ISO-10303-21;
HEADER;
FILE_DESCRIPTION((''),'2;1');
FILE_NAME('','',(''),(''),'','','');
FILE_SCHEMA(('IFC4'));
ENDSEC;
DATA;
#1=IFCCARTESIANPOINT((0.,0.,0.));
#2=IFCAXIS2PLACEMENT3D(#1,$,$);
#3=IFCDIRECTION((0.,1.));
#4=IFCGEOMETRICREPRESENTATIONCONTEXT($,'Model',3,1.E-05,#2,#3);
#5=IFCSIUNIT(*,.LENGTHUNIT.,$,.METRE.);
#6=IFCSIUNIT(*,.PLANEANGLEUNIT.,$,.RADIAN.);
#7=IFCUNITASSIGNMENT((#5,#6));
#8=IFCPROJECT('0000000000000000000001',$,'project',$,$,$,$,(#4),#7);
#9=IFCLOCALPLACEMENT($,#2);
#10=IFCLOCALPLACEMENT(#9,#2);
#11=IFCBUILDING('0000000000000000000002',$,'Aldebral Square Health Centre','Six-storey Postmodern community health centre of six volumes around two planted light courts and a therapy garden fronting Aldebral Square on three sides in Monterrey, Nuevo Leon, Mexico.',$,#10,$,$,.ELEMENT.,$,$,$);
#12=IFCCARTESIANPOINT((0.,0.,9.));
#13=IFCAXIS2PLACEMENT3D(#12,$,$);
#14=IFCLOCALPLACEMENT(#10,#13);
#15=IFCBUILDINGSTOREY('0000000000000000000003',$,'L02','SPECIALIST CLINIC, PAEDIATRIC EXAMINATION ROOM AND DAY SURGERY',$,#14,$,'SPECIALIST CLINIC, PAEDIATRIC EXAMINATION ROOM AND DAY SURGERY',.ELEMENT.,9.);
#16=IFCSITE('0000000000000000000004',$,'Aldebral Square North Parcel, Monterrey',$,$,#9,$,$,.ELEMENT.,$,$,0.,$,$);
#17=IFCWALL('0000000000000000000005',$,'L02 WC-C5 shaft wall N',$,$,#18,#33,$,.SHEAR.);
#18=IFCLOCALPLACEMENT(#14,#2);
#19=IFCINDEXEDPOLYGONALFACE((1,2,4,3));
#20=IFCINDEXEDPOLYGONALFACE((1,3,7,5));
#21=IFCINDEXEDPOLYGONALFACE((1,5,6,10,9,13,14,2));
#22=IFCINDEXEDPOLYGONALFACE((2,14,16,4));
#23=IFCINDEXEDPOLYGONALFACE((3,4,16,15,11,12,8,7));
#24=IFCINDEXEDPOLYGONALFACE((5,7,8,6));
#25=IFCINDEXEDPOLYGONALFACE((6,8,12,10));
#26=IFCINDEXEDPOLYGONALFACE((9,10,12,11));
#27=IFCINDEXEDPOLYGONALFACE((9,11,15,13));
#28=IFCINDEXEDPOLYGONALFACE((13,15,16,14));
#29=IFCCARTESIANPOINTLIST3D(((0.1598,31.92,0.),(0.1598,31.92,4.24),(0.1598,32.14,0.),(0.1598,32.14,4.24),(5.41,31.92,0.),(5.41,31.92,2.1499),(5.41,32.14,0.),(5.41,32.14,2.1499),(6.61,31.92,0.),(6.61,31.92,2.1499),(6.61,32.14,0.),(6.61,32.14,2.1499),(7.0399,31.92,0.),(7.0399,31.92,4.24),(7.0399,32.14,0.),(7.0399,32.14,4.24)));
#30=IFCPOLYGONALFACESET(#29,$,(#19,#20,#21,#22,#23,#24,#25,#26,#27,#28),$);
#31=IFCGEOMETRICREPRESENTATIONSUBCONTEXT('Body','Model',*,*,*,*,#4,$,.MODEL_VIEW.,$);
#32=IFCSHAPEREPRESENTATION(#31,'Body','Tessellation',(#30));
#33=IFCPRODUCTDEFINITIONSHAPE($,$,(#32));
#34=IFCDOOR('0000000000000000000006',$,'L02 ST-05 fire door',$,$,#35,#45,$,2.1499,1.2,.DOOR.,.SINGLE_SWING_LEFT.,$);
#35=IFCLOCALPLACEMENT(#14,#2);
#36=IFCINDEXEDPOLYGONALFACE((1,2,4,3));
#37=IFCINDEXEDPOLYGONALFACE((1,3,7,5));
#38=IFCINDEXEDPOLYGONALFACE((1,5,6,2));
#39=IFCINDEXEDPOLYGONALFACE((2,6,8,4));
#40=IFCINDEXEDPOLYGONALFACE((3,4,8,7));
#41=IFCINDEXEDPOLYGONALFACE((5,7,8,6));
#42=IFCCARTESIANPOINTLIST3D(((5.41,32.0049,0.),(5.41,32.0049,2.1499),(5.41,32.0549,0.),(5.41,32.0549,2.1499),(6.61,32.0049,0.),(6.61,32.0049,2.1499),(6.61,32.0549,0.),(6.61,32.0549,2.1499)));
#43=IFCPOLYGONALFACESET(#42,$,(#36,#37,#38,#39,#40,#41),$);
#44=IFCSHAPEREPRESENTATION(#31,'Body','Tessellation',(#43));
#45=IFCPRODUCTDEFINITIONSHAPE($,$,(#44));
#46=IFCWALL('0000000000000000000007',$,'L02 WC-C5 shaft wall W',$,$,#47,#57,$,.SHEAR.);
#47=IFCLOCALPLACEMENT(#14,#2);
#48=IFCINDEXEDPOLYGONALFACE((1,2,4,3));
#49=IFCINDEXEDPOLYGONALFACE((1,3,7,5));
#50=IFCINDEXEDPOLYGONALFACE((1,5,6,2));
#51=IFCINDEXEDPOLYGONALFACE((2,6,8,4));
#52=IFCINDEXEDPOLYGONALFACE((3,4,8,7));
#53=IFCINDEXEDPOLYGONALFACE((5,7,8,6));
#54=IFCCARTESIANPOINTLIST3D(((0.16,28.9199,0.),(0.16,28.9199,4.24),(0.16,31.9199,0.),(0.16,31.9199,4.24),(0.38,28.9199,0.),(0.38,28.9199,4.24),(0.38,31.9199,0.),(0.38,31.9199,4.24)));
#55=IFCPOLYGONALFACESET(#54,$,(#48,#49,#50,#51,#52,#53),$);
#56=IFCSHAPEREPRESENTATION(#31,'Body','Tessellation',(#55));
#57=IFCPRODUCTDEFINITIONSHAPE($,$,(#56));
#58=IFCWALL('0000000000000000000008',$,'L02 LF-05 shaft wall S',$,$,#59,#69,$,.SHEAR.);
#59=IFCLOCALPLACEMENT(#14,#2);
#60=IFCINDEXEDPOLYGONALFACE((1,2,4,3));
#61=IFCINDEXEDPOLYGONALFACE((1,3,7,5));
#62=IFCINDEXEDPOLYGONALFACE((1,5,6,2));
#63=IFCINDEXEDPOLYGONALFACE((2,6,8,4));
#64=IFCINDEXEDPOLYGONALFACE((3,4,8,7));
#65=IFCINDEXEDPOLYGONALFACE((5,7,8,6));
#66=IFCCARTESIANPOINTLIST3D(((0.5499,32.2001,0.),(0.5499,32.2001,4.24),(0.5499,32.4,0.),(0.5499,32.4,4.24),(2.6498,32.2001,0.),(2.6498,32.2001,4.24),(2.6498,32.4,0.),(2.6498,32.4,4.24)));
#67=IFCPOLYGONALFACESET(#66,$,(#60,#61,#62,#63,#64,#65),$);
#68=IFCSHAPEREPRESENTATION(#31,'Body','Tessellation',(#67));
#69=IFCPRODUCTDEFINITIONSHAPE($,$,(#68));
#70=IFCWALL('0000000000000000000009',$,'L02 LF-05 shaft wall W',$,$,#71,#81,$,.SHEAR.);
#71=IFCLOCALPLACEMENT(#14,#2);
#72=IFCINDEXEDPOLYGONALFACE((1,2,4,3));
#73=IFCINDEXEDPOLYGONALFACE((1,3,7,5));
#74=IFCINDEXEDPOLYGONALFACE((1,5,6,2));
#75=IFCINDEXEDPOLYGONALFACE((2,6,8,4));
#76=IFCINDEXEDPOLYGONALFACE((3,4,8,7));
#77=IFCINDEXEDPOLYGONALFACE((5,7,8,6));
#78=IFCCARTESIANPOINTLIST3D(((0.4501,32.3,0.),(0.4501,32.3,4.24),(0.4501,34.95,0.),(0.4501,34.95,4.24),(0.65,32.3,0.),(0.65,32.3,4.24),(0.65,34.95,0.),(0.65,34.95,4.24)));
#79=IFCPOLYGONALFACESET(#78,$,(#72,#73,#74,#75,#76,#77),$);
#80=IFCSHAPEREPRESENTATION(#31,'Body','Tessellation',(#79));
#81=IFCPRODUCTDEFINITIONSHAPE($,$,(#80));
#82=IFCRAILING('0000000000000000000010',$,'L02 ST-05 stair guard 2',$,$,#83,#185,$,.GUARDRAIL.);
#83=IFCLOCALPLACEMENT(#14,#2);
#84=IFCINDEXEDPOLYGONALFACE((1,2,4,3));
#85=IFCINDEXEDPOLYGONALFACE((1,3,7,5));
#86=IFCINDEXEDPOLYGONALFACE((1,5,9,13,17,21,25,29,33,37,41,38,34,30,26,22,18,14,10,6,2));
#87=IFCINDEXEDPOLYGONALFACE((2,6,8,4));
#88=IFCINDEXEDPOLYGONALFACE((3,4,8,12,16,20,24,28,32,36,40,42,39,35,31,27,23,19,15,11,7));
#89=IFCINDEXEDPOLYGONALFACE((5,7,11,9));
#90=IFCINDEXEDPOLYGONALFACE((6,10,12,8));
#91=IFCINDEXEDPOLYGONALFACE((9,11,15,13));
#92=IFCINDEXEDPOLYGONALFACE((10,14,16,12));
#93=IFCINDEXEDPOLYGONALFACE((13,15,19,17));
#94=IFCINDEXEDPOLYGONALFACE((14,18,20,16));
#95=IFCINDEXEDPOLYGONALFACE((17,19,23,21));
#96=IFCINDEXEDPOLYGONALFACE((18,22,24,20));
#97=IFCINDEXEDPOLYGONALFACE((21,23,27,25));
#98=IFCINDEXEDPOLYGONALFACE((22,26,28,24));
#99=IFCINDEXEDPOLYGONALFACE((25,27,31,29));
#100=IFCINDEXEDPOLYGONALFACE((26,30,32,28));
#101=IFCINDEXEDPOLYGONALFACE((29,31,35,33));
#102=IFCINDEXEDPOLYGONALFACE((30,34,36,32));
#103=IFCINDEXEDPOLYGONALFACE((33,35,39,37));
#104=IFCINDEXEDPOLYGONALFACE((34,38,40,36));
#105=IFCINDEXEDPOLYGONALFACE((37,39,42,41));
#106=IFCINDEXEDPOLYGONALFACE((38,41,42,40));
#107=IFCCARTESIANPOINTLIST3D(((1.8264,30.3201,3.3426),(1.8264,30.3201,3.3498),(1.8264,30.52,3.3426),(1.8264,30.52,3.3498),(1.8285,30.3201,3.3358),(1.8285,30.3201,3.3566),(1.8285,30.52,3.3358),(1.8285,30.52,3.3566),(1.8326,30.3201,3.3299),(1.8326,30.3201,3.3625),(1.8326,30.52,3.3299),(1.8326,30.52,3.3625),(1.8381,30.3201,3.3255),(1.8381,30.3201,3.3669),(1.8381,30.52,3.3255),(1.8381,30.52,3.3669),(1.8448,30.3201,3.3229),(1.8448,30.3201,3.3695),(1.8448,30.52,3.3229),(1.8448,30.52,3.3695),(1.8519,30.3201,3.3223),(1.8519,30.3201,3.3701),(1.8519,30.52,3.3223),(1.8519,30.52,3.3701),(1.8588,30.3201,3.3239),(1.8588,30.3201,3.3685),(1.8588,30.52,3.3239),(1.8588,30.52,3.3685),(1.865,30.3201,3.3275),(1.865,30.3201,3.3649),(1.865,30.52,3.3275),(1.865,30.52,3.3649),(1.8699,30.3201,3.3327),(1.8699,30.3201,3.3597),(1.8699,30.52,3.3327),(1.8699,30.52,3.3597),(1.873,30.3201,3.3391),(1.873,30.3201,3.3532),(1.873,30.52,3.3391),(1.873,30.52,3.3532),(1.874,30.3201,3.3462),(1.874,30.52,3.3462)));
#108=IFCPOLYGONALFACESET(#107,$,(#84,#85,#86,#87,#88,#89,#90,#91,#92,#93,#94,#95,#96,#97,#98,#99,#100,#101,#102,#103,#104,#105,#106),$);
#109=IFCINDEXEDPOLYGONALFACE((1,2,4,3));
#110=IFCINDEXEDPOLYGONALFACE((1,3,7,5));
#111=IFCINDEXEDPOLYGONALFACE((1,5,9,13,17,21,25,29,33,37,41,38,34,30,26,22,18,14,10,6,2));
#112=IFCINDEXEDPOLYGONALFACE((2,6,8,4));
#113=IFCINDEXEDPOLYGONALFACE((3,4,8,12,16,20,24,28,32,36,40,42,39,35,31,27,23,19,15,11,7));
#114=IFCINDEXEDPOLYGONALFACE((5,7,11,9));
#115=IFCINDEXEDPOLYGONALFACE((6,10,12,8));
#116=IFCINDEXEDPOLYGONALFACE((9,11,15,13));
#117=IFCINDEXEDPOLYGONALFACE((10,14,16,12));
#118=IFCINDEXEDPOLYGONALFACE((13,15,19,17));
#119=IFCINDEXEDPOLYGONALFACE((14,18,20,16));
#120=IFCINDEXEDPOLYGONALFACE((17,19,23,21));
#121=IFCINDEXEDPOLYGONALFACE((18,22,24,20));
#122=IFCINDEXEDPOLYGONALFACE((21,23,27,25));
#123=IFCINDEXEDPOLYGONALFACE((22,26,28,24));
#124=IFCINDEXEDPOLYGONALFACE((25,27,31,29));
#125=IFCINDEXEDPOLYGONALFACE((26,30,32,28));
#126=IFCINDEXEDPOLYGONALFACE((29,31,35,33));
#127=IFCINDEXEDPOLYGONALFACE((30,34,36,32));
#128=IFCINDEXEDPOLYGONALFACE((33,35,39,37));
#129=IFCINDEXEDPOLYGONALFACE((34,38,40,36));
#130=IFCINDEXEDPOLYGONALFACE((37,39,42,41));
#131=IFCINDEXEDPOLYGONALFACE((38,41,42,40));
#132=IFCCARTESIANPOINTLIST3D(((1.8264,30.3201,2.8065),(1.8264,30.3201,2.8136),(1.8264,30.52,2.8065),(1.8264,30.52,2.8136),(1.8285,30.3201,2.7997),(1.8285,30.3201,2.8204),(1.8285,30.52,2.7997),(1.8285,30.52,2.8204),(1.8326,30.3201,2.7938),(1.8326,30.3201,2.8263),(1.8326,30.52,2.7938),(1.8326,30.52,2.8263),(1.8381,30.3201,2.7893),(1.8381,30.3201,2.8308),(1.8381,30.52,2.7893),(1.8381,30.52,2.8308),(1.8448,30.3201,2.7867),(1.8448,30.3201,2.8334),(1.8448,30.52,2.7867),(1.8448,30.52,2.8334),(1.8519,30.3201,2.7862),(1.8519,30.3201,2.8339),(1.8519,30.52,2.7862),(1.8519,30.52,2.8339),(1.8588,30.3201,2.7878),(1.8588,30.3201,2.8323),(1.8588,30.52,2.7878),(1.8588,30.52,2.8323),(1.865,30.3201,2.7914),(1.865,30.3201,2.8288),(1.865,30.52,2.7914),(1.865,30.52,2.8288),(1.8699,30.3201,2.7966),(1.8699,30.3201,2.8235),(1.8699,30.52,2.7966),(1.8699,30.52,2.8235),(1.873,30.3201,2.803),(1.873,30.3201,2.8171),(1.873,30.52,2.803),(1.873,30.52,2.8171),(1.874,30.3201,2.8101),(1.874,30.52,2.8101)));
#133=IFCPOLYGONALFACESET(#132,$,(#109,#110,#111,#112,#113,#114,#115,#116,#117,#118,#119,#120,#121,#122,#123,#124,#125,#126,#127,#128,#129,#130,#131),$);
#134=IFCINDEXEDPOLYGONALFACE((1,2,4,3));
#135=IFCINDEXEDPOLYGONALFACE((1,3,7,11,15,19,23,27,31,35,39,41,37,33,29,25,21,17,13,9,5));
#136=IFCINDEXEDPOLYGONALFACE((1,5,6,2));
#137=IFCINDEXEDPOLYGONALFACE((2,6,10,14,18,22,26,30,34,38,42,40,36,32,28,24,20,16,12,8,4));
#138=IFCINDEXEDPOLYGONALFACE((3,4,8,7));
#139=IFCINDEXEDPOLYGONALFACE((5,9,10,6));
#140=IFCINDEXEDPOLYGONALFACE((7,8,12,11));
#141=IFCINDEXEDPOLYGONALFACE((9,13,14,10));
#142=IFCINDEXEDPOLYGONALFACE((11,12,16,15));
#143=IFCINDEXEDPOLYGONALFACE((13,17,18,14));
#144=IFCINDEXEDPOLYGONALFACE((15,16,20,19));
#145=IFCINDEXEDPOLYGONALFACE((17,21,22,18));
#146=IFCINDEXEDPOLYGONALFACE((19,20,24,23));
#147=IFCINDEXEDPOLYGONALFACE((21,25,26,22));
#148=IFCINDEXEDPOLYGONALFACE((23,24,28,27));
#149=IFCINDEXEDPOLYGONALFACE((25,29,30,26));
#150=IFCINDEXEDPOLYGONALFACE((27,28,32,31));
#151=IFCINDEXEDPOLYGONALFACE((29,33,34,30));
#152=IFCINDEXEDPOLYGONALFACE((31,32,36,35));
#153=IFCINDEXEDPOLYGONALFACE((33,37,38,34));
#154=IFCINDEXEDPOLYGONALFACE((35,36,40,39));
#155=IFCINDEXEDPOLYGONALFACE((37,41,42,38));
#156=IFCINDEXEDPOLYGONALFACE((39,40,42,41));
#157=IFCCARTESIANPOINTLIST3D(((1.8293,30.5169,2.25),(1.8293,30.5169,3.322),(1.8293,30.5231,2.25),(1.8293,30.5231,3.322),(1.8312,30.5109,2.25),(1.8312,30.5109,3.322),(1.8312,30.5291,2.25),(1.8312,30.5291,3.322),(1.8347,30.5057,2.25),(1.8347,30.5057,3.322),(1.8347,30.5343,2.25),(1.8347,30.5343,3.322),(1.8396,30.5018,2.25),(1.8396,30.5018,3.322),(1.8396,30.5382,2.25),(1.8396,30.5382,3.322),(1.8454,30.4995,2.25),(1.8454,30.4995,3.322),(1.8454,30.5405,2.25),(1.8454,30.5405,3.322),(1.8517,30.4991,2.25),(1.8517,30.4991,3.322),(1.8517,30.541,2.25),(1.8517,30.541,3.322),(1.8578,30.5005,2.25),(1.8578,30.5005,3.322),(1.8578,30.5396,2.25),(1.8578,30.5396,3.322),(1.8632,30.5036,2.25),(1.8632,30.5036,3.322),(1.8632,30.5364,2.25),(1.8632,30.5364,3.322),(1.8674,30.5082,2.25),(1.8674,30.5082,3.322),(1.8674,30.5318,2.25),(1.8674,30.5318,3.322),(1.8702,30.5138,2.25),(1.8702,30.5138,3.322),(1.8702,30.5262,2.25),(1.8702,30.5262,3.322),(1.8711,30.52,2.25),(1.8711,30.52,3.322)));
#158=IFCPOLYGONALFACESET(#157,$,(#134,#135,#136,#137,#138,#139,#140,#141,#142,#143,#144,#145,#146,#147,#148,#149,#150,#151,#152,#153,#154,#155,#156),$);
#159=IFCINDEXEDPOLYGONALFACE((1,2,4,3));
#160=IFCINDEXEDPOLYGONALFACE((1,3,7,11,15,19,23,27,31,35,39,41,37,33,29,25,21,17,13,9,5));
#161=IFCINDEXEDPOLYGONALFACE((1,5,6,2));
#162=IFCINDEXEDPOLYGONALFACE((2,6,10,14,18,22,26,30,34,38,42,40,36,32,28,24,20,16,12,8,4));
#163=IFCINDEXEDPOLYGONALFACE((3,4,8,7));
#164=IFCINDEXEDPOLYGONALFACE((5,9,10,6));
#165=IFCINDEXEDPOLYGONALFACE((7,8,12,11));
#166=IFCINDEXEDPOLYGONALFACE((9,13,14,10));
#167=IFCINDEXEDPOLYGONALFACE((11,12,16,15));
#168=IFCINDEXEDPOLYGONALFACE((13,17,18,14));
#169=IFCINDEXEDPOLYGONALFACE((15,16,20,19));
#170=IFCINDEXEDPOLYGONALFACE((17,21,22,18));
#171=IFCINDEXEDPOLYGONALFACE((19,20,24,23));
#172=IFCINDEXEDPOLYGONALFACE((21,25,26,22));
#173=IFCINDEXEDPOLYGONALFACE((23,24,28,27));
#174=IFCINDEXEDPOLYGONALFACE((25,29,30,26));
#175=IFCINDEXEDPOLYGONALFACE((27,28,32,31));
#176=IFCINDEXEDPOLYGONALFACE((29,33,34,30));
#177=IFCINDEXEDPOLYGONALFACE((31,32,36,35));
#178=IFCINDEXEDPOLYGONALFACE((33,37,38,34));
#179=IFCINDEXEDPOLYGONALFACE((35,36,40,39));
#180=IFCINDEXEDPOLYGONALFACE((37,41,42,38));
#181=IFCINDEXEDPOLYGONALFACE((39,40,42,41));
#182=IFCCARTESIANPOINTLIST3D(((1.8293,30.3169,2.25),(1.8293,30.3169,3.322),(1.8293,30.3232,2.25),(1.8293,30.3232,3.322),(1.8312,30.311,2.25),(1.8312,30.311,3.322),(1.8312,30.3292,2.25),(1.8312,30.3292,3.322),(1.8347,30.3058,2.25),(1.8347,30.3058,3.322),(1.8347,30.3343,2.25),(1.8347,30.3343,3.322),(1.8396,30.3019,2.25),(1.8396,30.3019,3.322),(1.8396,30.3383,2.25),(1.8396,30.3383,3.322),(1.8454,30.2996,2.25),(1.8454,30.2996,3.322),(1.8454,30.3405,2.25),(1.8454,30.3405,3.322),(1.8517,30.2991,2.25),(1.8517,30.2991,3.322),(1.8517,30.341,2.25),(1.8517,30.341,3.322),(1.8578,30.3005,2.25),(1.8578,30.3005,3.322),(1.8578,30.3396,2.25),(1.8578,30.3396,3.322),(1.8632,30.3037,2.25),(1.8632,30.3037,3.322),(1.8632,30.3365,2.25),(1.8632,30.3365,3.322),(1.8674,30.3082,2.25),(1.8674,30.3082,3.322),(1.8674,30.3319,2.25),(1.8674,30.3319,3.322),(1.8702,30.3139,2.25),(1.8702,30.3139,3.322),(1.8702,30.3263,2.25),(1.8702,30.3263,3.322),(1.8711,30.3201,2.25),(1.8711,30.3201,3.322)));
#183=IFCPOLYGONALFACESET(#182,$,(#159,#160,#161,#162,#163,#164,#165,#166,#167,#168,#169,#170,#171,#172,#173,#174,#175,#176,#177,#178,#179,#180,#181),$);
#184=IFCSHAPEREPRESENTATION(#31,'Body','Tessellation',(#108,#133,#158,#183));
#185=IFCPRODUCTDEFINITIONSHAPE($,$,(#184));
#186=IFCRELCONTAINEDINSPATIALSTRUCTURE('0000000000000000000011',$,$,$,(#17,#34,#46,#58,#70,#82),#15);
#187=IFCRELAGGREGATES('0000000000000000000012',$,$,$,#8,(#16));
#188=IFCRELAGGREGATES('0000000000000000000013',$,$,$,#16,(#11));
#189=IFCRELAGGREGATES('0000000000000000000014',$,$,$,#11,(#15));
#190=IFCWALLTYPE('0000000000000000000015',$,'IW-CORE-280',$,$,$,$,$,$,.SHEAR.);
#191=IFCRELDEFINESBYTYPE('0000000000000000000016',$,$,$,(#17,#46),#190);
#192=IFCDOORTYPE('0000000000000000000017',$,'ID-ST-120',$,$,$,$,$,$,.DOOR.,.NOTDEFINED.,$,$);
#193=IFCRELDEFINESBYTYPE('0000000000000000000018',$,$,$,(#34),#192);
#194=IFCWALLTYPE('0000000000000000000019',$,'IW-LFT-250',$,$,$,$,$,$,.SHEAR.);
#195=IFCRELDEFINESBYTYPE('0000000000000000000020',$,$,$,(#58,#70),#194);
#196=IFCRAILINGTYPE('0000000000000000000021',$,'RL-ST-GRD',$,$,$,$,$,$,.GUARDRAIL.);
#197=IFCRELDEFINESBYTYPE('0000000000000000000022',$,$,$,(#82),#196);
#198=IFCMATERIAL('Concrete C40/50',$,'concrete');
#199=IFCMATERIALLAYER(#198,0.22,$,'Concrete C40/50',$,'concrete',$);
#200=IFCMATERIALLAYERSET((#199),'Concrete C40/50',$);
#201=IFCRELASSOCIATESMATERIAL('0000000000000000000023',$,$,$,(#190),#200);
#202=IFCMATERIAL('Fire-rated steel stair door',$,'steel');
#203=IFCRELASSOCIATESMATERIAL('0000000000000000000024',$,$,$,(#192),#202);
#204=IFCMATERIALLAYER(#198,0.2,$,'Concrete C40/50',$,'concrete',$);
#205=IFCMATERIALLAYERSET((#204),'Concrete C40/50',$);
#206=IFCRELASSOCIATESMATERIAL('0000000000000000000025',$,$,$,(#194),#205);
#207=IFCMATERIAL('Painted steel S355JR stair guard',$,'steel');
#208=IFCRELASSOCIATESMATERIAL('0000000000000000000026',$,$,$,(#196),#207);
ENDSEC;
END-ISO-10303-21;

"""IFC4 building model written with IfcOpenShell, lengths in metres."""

from ifc_helpers import new_model, si_unit, direction, frame, frame_2d, origin, origin_2d, place, context, subcontext, project, spatial, rectangle, circle, extrude, material, layer, layer_set, type_object, element, fill, save


model = new_model("IFC4")

# Units and contexts
model_context = context("Model", 3, precision=1e-05, world=origin(), true_north=direction((0.0, 1.0)))
body_context = subcontext(model_context, "Body", "Model", "MODEL_VIEW")
ifc_project = project(units=[si_unit("LENGTHUNIT", "METRE"), si_unit("PLANEANGLEUNIT", "RADIAN")], contexts=[model_context])

# Site, building, storey
site_placement = place(None, origin())
site = spatial("IfcSite", under=ifc_project, at=site_placement, Name="Aldebral Square North Parcel, Monterrey", CompositionType="ELEMENT", RefElevation=0.0)
building_placement = place(site_placement, origin())
building = spatial("IfcBuilding", under=site, at=building_placement, Name="Aldebral Square Health Centre", Description="Six-storey Postmodern community health centre of six volumes around two planted light courts and a therapy garden fronting Aldebral Square on three sides in Monterrey, Nuevo Leon, Mexico.", CompositionType="ELEMENT")
storey_placement = place(building_placement, frame((0.0, 0.0, 9.0)))
storey = spatial("IfcBuildingStorey", under=building, at=storey_placement, Name="L02", Description="SPECIALIST CLINIC, PAEDIATRIC EXAMINATION ROOM AND DAY SURGERY", LongName="SPECIALIST CLINIC, PAEDIATRIC EXAMINATION ROOM AND DAY SURGERY", CompositionType="ELEMENT", Elevation=9.0)

# Shared definitions
ifc_material_1 = material(Name="Concrete C40/50", Category="concrete")

# Wall, opening, door
ifc_layer_1 = layer(ifc_material_1, 0.22, Name="Concrete C40/50", Category="concrete")
ifc_layer_set_1 = layer_set([ifc_layer_1], Name="Concrete C40/50")
wall_type_1 = type_object("IfcWallType", Name="IW-CORE-280", PredefinedType="SHEAR", material=ifc_layer_set_1)
wall_1_placement = place(storey_placement, frame((0.1599, 32.03, 0.0), z_axis=(0.0, 0.0, 1.0), x_axis=(1.0, 0.0, 0.0)))
wall_1 = element("IfcWall", 1, at=wall_1_placement, inside=storey, type_object=wall_type_1, Name="L02 WC-C5 shaft wall N", PredefinedType="SHEAR", context=body_context, shape_type="SweptSolid", body=[
    extrude(rectangle(XDim=6.8801, YDim=0.22, at=frame_2d((3.4399, 0.0))), origin(), (0.0, 0.0, 1.0), 4.24),
])
opening_1_placement = place(wall_1_placement, frame((5.25, 0.0, 0.0)))
opening_1 = element("IfcOpeningElement", 2, at=opening_1_placement, cuts=wall_1, PredefinedType="OPENING", context=body_context, shape_type="SweptSolid", body=[
    extrude(rectangle(XDim=1.2, YDim=2.1499, at=frame_2d((0.6001, 1.075))), frame((0.0, 0.1201, 0.0), z_axis=(0.0, -1.0, 0.0), x_axis=(1.0, 0.0, 0.0)), (0.0, 0.0, 1.0), 0.24),
])
ifc_material_2 = material(Name="Fire-rated steel stair door", Category="steel")
door_type_1 = type_object("IfcDoorType", Name="ID-ST-120", OperationType="NOTDEFINED", PredefinedType="DOOR", material=ifc_material_2)
door_1_placement = place(opening_1_placement, origin())
door_1 = element("IfcDoor", 3, at=door_1_placement, inside=storey, type_object=door_type_1, Name="L02 ST-05 fire door", OperationType="SINGLE_SWING_LEFT", OverallHeight=2.1499, OverallWidth=1.2, PredefinedType="DOOR", context=body_context, shape_type="SweptSolid", body=[
    extrude(rectangle(XDim=1.2, YDim=2.1499, at=frame_2d((0.6001, 1.075))), frame((0.0, 0.0249, 0.0), z_axis=(0.0, -1.0, 0.0), x_axis=(1.0, 0.0, 0.0)), (0.0, 0.0, 1.0), 0.05),
])
fill(opening_1, door_1)

# Walls
wall_2_placement = place(storey_placement, frame((0.27, 28.9199, 0.0), z_axis=(0.0, 0.0, 1.0), x_axis=(0.0, 1.0, 0.0)))
element("IfcWall", 4, at=wall_2_placement, inside=storey, type_object=wall_type_1, Name="L02 WC-C5 shaft wall W", PredefinedType="SHEAR", context=body_context, shape_type="SweptSolid", body=[
    extrude(rectangle(XDim=3.0, YDim=0.22, at=frame_2d((1.5, 0.0))), origin(), (0.0, 0.0, 1.0), 4.24),
])
ifc_layer_2 = layer(ifc_material_1, 0.2, Name="Concrete C40/50", Category="concrete")
ifc_layer_set_2 = layer_set([ifc_layer_2], Name="Concrete C40/50")
wall_type_2 = type_object("IfcWallType", Name="IW-LFT-250", PredefinedType="SHEAR", material=ifc_layer_set_2)
wall_3_placement = place(storey_placement, frame((0.55, 32.3, 0.0), z_axis=(0.0, 0.0, 1.0), x_axis=(1.0, 0.0, 0.0)))
element("IfcWall", 5, at=wall_3_placement, inside=storey, type_object=wall_type_2, Name="L02 LF-05 shaft wall S", PredefinedType="SHEAR", context=body_context, shape_type="SweptSolid", body=[
    extrude(rectangle(XDim=2.0999, YDim=0.2, at=frame_2d((1.0498, 0.0))), origin(), (0.0, 0.0, 1.0), 4.24),
])
wall_4_placement = place(storey_placement, frame((0.55, 32.3, 0.0), z_axis=(0.0, 0.0, 1.0), x_axis=(0.0, 1.0, 0.0)))
element("IfcWall", 6, at=wall_4_placement, inside=storey, type_object=wall_type_2, Name="L02 LF-05 shaft wall W", PredefinedType="SHEAR", context=body_context, shape_type="SweptSolid", body=[
    extrude(rectangle(XDim=2.6499, YDim=0.2, at=frame_2d((1.325, 0.0))), origin(), (0.0, 0.0, 1.0), 4.24),
])

# Railing
ifc_material_3 = material(Name="Painted steel S355JR stair guard", Category="steel")
railing_type = type_object("IfcRailingType", Name="RL-ST-GRD", PredefinedType="GUARDRAIL", material=ifc_material_3)
railing_1_placement = place(storey_placement, frame((1.8501, 30.52, 2.25)))
element("IfcRailing", 7, at=railing_1_placement, inside=storey, type_object=railing_type, Name="L02 ST-05 stair guard 2", PredefinedType="GUARDRAIL", context=body_context, shape_type="SweptSolid", body=[
    extrude(circle(Radius=0.0239, at=origin_2d()), frame((0.0, 0.0, 1.0962), z_axis=(0.0, -1.0, 0.0), x_axis=(1.0, 0.0, 0.0)), (0.0, 0.0, 1.0), 0.2),
    extrude(circle(Radius=0.0239, at=origin_2d()), frame((0.0, 0.0, 0.5601), z_axis=(0.0, -1.0, 0.0), x_axis=(1.0, 0.0, 0.0)), (0.0, 0.0, 1.0), 0.2),
    extrude(circle(Radius=0.021, at=origin_2d()), origin(), (0.0, 0.0, 1.0), 1.072),
    extrude(circle(Radius=0.021, at=origin_2d()), frame((0.0, -0.2, 0.0)), (0.0, 0.0, 1.0), 1.072),
])

save(model, "model.ifc")
